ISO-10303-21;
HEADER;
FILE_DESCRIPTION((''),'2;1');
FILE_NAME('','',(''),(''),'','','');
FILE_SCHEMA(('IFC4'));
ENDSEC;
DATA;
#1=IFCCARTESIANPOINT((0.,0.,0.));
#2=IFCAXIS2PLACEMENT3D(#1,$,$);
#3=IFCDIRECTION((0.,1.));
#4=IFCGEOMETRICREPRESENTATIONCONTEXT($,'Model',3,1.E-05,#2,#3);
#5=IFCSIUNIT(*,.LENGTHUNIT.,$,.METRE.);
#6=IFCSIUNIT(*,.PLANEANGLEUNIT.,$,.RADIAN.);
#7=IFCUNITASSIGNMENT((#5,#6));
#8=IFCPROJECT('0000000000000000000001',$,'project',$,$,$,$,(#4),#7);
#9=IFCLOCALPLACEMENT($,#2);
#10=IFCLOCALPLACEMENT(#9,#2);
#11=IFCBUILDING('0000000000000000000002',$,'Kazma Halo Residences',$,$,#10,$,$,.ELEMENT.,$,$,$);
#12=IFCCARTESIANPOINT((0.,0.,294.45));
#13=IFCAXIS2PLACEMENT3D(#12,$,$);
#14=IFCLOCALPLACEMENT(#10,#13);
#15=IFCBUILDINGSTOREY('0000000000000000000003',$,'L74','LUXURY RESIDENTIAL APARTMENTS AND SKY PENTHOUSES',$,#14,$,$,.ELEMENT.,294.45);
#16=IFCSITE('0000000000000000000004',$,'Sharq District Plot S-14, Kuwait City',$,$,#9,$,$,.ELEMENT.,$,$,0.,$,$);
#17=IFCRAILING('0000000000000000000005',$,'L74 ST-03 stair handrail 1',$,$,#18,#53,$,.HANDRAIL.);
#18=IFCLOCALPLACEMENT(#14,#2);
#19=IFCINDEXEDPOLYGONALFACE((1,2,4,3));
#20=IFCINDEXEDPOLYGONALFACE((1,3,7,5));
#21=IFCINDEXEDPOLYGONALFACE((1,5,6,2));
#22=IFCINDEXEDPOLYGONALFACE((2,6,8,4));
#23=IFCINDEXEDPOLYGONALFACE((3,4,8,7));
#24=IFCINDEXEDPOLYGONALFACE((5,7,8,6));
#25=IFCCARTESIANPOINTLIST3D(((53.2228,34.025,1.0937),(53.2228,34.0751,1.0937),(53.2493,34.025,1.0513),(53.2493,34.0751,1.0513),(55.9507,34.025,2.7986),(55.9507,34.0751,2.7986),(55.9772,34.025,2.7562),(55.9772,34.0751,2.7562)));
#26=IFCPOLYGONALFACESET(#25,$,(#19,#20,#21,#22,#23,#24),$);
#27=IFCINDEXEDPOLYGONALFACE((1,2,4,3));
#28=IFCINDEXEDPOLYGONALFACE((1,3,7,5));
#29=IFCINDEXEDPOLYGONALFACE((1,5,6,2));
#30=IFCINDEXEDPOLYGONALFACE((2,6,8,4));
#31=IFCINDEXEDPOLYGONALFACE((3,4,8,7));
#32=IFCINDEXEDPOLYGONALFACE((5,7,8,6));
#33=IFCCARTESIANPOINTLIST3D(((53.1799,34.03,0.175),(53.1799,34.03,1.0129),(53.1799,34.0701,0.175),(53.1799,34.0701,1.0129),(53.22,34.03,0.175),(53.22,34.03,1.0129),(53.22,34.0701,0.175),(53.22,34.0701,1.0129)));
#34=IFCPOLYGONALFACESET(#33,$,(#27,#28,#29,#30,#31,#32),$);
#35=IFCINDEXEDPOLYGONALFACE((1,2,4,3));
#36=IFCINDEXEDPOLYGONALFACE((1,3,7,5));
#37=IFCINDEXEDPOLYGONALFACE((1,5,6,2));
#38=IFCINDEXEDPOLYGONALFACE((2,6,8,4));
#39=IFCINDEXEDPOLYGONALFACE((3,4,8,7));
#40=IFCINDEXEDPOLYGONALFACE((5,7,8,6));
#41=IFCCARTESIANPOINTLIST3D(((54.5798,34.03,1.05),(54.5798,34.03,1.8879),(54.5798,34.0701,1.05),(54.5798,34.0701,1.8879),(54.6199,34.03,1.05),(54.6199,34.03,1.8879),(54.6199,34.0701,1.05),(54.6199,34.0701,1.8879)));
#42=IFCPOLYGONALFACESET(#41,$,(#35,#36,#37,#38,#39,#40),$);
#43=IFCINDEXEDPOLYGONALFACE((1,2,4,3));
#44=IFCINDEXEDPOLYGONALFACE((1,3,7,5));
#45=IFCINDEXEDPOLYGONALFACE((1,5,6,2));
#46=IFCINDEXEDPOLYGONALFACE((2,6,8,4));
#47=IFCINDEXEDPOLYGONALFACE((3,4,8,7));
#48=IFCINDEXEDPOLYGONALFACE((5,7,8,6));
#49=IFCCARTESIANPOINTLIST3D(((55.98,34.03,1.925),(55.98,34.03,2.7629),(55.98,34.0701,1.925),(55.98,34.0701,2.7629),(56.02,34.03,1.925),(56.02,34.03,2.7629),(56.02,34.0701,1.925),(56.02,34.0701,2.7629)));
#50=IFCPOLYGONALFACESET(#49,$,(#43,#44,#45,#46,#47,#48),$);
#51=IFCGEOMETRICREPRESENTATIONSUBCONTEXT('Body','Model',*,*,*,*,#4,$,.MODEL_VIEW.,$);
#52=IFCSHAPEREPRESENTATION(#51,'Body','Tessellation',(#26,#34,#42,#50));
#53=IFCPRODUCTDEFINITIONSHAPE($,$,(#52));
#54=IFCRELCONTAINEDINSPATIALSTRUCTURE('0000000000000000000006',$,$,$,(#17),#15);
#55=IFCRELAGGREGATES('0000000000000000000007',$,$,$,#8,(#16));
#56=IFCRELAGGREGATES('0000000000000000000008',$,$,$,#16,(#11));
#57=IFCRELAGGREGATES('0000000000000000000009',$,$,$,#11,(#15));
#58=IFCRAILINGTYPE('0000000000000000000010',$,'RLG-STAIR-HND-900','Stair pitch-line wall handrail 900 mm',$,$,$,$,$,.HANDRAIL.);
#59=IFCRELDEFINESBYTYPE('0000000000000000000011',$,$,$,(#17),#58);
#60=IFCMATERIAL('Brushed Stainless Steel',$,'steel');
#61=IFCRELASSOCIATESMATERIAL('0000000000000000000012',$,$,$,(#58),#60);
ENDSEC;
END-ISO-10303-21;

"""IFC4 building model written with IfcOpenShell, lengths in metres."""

from ifc_helpers import new_model, si_unit, direction, frame, origin, origin_2d, place, context, subcontext, project, spatial, rectangle, extrude, material, type_object, element, save


model = new_model("IFC4")

# Units and contexts
model_context = context("Model", 3, precision=1e-05, world=origin(), true_north=direction((0.0, 1.0)))
body_context = subcontext(model_context, "Body", "Model", "MODEL_VIEW")
ifc_project = project(units=[si_unit("LENGTHUNIT", "METRE"), si_unit("PLANEANGLEUNIT", "RADIAN")], contexts=[model_context])

# Site, building, storey
site_placement = place(None, origin())
site = spatial("IfcSite", under=ifc_project, at=site_placement, Name="Sharq District Plot S-14, Kuwait City", CompositionType="ELEMENT", RefElevation=0.0)
building_placement = place(site_placement, origin())
building = spatial("IfcBuilding", under=site, at=building_placement, Name="Kazma Halo Residences", CompositionType="ELEMENT")
storey_placement = place(building_placement, frame((0.0, 0.0, 294.45)))
storey = spatial("IfcBuildingStorey", under=building, at=storey_placement, Name="L74", Description="LUXURY RESIDENTIAL APARTMENTS AND SKY PENTHOUSES", CompositionType="ELEMENT", Elevation=294.45)

# Railing
ifc_material_1 = material(Name="Brushed Stainless Steel", Category="steel")
railing_type_1 = type_object("IfcRailingType", Name="RLG-STAIR-HND-900", Description="Stair pitch-line wall handrail 900 mm", PredefinedType="HANDRAIL", material=ifc_material_1)
railing_1_placement = place(storey_placement, frame((53.2, 34.05, 0.175)))
element("IfcRailing", 1, at=railing_1_placement, inside=storey, type_object=railing_type_1, Name="L74 ST-03 stair handrail 1", PredefinedType="HANDRAIL", context=body_context, shape_type="SweptSolid", body=[
    extrude(rectangle(XDim=0.05, YDim=0.05, at=origin_2d()), frame((0.0361, 0.0, 0.8975), z_axis=(0.848002, 0.0, 0.529992), x_axis=(0.0, 1.0, 0.0)), (0.0, 0.0, 1.0), 3.2168),
    extrude(rectangle(XDim=0.04, YDim=0.04, at=origin_2d()), origin(), (0.0, 0.0, 1.0), 0.8379),
    extrude(rectangle(XDim=0.04, YDim=0.04, at=origin_2d()), frame((1.3999, 0.0, 0.875)), (0.0, 0.0, 1.0), 0.8379),
    extrude(rectangle(XDim=0.04, YDim=0.04, at=origin_2d()), frame((2.8, 0.0, 1.75)), (0.0, 0.0, 1.0), 0.8379),
])

save(model, "model.ifc")
